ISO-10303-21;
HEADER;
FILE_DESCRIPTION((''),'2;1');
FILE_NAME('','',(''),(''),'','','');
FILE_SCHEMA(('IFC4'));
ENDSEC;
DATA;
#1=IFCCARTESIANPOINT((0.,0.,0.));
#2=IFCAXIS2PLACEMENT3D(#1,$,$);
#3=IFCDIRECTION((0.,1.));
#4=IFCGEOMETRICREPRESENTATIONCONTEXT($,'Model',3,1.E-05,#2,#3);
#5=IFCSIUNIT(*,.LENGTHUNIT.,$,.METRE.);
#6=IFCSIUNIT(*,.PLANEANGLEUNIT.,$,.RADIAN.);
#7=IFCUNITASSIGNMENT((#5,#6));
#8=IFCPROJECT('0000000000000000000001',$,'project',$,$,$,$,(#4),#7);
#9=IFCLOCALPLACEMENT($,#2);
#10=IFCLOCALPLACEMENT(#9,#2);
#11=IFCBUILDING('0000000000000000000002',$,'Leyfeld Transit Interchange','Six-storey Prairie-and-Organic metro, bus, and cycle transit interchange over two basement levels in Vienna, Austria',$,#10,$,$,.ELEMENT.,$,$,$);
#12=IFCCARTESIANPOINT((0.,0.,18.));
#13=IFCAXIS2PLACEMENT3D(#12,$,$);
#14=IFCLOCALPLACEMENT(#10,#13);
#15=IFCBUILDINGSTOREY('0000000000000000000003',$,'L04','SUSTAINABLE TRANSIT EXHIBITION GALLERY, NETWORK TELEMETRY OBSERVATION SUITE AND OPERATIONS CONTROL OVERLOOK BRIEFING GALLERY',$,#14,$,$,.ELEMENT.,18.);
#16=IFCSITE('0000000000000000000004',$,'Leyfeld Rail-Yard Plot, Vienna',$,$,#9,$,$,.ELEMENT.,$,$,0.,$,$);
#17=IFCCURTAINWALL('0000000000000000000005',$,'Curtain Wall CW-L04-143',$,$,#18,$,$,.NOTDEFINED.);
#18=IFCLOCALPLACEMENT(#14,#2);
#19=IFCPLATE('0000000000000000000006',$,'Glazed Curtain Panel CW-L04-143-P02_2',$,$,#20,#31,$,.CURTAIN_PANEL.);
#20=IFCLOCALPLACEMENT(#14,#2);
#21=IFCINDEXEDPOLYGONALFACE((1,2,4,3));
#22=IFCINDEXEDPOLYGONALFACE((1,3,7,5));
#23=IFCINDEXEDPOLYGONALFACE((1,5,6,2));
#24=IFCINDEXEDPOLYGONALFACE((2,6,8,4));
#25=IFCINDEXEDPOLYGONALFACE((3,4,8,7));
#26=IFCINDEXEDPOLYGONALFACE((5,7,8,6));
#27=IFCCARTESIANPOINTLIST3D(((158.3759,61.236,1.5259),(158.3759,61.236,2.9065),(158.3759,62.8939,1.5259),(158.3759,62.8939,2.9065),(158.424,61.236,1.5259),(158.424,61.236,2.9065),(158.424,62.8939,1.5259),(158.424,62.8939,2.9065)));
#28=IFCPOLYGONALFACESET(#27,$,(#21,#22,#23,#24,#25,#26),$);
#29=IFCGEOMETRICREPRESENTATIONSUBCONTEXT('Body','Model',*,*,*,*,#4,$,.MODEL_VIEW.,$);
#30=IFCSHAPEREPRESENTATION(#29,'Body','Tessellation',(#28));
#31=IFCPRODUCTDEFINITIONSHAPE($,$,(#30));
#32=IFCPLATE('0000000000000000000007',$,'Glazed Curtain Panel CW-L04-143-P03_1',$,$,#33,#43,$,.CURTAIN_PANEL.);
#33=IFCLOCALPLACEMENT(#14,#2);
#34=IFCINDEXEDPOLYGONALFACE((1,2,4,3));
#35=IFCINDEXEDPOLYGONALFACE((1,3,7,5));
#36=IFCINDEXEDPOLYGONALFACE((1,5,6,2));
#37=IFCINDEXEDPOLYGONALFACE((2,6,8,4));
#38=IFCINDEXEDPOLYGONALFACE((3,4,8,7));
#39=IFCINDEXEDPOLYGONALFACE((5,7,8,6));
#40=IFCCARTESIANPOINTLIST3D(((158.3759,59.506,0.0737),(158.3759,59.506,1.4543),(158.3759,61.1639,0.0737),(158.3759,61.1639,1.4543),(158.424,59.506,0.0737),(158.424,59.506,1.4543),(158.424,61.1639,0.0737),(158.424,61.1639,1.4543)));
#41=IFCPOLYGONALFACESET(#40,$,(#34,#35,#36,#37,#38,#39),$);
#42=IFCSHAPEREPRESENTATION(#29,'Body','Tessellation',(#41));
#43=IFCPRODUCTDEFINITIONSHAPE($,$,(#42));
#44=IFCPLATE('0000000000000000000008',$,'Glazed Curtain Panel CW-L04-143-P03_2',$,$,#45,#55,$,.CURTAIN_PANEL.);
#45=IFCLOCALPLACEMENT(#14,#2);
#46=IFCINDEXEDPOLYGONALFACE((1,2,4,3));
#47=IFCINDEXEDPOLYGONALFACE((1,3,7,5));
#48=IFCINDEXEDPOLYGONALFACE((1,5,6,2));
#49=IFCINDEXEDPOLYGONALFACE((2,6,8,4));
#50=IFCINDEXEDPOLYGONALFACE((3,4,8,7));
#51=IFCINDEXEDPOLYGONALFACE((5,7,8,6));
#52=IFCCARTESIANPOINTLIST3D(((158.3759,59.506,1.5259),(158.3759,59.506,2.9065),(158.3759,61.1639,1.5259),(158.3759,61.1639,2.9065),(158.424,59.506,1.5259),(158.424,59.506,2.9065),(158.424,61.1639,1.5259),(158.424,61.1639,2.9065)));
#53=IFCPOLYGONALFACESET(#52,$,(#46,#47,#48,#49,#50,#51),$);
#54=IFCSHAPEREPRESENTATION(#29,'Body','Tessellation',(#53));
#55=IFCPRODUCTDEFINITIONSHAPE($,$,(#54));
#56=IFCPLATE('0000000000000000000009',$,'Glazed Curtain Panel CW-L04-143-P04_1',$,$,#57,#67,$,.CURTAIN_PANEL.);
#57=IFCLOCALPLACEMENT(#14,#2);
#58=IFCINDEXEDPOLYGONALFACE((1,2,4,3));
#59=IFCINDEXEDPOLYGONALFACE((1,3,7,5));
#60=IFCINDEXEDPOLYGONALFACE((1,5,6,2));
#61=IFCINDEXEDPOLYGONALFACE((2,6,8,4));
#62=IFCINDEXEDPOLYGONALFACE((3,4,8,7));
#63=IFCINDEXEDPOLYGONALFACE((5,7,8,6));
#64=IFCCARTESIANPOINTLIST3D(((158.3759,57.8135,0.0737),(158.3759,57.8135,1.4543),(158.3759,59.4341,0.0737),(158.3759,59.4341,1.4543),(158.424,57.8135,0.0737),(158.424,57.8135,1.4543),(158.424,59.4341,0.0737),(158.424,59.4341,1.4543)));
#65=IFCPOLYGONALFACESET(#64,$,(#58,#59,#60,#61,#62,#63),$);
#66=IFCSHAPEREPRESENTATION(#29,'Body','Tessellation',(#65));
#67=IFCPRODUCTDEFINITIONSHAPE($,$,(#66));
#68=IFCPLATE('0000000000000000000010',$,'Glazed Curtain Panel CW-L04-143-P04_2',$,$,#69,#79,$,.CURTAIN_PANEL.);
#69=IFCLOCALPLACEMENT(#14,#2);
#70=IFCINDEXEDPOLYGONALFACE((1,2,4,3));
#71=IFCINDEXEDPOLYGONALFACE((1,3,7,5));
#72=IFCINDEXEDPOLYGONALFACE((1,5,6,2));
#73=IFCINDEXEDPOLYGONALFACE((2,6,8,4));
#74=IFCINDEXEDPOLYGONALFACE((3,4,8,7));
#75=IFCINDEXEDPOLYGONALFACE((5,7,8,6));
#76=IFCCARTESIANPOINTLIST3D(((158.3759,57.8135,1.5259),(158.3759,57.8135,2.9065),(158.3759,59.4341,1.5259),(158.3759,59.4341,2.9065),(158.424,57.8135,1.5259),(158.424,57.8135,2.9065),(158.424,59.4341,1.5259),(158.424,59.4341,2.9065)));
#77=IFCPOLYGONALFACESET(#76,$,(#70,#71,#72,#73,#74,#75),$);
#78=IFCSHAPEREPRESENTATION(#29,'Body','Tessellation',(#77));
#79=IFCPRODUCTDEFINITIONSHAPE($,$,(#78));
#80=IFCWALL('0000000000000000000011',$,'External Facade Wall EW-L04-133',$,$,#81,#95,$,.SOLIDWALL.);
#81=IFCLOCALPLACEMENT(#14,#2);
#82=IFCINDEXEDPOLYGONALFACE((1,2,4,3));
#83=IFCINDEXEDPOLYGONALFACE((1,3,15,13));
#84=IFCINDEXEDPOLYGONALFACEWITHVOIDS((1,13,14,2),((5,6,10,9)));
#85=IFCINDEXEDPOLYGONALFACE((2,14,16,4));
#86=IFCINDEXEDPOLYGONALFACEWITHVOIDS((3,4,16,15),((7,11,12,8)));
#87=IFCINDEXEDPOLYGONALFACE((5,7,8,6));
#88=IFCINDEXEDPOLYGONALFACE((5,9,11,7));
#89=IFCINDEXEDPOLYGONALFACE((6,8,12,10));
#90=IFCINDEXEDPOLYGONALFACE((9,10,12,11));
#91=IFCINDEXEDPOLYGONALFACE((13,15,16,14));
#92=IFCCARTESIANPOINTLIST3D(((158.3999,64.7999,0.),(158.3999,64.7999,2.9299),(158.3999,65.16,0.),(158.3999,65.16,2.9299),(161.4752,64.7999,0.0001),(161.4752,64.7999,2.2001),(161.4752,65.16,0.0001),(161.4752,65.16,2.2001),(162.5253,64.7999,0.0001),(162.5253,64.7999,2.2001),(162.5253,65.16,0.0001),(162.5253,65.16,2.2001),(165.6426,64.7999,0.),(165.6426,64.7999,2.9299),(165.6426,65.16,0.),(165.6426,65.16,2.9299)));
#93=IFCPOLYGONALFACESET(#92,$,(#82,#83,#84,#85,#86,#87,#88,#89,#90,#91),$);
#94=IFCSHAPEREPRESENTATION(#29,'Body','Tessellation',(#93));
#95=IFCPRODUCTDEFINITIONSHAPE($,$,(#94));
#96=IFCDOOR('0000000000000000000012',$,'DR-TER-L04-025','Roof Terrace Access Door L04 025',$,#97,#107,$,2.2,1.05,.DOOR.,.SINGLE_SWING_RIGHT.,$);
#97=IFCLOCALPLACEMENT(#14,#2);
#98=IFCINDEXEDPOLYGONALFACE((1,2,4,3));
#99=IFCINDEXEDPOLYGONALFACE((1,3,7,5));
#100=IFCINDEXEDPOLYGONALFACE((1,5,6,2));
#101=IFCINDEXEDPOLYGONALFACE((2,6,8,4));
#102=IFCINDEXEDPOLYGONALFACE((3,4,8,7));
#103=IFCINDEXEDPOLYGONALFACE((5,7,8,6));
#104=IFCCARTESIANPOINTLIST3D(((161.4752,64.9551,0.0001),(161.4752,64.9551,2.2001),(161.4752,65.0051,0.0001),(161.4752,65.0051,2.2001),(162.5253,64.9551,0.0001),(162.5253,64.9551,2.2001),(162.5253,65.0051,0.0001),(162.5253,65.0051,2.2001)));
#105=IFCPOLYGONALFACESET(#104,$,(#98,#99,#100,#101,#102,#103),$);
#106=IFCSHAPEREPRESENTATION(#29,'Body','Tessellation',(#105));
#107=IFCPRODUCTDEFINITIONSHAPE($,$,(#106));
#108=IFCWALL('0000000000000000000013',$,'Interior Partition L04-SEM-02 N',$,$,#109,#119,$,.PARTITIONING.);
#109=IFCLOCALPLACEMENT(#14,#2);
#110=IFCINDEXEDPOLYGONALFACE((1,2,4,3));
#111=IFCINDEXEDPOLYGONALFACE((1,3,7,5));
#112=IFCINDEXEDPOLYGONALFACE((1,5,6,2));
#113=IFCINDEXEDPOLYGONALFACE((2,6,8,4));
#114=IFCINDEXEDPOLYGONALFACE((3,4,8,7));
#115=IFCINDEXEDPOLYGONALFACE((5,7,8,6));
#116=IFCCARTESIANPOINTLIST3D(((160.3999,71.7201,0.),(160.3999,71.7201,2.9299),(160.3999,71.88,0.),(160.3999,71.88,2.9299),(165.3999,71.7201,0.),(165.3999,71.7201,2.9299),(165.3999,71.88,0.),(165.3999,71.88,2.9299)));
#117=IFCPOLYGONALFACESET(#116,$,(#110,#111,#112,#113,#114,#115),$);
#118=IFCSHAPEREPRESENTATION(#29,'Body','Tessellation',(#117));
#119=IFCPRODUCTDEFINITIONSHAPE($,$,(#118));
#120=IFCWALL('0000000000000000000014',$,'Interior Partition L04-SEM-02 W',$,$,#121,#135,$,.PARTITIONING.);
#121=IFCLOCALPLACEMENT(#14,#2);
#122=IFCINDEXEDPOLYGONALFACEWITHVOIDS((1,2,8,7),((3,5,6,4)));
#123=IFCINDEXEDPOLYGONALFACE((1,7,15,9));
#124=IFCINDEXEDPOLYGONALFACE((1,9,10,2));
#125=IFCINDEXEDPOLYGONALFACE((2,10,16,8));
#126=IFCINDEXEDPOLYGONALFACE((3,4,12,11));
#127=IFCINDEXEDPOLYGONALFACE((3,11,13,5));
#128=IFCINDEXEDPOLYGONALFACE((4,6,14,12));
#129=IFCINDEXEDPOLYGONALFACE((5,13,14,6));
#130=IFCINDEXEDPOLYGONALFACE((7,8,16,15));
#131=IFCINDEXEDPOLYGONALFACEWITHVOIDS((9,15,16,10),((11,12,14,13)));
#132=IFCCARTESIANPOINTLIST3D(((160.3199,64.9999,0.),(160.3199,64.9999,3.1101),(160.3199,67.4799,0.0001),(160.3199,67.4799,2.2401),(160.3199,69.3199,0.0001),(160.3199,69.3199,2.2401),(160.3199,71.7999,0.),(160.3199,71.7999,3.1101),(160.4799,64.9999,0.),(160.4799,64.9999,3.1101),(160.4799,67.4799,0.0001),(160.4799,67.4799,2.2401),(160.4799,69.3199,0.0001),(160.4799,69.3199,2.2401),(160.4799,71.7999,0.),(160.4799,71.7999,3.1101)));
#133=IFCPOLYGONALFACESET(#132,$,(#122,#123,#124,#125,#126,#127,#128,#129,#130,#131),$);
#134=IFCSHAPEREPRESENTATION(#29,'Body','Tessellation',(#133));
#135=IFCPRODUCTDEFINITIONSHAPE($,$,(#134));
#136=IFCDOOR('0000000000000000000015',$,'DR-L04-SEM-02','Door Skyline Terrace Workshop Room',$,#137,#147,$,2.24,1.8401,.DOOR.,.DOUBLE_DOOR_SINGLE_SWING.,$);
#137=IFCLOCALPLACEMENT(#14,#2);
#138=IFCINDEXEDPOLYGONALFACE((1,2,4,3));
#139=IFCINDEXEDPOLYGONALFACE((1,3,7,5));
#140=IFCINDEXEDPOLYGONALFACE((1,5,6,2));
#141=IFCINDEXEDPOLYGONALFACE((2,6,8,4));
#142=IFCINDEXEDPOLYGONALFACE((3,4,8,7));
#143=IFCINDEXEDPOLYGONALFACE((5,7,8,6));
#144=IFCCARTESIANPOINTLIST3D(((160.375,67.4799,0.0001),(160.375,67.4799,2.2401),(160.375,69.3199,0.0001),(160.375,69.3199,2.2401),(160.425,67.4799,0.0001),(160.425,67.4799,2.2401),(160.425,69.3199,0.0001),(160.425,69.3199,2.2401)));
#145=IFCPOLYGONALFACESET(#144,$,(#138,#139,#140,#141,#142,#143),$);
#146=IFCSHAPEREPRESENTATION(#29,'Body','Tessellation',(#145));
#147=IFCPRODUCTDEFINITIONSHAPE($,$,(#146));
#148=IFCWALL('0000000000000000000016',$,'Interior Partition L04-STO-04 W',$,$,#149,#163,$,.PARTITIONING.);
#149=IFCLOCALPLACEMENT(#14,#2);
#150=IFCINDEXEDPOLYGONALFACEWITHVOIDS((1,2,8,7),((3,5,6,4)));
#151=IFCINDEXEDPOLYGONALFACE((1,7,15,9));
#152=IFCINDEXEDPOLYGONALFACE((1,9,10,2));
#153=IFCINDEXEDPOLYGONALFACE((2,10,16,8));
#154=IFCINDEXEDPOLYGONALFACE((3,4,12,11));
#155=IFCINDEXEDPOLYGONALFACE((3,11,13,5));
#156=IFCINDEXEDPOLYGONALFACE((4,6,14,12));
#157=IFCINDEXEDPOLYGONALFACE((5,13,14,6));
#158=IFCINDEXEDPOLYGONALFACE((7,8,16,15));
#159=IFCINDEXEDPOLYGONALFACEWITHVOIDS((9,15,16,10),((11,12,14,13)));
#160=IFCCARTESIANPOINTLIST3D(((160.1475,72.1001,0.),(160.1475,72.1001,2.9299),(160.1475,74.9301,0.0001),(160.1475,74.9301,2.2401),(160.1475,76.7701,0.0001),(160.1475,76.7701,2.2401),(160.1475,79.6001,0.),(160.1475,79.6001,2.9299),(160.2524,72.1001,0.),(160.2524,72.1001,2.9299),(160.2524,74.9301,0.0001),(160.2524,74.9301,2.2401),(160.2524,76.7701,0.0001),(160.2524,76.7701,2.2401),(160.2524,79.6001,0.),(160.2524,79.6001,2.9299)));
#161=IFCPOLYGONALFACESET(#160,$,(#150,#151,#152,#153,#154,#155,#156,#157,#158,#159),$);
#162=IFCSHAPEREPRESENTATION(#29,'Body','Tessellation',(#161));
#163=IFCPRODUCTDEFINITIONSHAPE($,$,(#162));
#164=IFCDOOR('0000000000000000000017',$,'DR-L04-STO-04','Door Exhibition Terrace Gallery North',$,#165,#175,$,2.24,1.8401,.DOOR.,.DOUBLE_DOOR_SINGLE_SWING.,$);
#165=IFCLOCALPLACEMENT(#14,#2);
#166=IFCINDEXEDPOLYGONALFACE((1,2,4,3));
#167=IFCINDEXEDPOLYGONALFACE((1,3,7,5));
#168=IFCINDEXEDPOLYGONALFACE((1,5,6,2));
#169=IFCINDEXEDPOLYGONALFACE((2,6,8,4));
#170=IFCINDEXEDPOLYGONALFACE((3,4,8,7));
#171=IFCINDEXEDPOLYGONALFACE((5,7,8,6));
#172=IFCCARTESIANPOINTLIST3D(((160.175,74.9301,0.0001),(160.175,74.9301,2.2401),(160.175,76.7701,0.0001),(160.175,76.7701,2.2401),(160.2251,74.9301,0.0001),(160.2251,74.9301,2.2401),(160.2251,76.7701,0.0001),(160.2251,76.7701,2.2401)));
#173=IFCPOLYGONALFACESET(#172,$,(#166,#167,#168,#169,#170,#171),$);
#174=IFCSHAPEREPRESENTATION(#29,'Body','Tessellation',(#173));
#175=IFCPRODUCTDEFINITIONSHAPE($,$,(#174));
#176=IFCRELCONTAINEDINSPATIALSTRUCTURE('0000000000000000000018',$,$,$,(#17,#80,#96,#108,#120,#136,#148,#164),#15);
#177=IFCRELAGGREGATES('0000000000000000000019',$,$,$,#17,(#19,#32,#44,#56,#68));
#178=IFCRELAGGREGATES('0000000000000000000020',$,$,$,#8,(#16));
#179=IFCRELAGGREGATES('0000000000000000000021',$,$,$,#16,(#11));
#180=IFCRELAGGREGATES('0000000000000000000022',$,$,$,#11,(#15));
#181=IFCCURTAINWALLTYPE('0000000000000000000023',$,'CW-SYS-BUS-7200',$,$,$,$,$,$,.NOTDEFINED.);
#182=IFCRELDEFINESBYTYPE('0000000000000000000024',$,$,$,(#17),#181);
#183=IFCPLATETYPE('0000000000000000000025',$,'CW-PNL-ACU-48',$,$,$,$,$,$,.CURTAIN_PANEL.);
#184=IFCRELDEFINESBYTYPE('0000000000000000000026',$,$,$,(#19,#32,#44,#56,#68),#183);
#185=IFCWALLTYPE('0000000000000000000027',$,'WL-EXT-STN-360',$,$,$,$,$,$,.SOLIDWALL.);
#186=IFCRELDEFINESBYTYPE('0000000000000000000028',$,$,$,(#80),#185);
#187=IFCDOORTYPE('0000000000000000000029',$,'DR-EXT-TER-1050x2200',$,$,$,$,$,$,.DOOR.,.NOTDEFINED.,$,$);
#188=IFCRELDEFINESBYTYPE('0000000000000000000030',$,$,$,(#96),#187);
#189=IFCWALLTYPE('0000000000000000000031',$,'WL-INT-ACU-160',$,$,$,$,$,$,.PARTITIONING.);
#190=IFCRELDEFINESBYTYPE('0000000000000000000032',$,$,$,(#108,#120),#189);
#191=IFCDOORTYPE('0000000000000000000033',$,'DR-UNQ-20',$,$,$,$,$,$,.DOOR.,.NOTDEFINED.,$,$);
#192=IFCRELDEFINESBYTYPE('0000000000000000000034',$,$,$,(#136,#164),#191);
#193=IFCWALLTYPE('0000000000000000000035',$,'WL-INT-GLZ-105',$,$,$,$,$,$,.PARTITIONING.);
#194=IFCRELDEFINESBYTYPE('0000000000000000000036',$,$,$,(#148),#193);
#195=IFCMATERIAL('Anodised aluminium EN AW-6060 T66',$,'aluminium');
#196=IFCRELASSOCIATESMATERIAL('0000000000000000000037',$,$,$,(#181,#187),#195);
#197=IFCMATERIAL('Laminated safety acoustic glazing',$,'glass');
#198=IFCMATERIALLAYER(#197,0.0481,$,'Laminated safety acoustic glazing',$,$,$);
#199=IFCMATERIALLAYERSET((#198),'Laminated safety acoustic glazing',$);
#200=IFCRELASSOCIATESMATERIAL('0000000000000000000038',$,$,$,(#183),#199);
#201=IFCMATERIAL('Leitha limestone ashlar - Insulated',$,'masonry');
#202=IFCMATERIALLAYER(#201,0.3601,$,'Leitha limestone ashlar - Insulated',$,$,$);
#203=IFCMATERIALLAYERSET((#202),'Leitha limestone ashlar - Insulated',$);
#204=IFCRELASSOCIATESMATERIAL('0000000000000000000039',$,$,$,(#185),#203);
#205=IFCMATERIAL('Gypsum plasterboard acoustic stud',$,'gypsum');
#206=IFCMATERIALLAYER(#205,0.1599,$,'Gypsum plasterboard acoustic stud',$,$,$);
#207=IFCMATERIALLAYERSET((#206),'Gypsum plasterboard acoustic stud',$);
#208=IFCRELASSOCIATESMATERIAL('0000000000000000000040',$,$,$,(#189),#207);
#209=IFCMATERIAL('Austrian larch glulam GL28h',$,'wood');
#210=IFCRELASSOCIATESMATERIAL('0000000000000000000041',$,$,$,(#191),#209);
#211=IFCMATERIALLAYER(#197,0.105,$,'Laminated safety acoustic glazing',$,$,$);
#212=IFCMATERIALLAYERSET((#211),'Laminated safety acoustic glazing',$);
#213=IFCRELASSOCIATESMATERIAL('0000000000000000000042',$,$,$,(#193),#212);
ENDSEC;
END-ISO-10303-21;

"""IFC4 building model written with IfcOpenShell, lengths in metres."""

from ifc_helpers import new_model, si_unit, direction, frame, frame_2d, origin, origin_2d, place, context, subcontext, project, spatial, rectangle, extrude, material, layer, layer_set, type_object, element, fill, aggregate, save


model = new_model("IFC4")

# Units and contexts
model_context = context("Model", 3, precision=1e-05, world=origin(), true_north=direction((0.0, 1.0)))
body_context = subcontext(model_context, "Body", "Model", "MODEL_VIEW")
ifc_project = project(units=[si_unit("LENGTHUNIT", "METRE"), si_unit("PLANEANGLEUNIT", "RADIAN")], contexts=[model_context])

# Site, building, storey
site_placement = place(None, origin())
site = spatial("IfcSite", under=ifc_project, at=site_placement, Name="Leyfeld Rail-Yard Plot, Vienna", CompositionType="ELEMENT", RefElevation=0.0)
building_placement = place(site_placement, origin())
building = spatial("IfcBuilding", under=site, at=building_placement, Name="Leyfeld Transit Interchange", Description="Six-storey Prairie-and-Organic metro, bus, and cycle transit interchange over two basement levels in Vienna, Austria", CompositionType="ELEMENT")
storey_placement = place(building_placement, frame((0.0, 0.0, 18.0)))
storey = spatial("IfcBuildingStorey", under=building, at=storey_placement, Name="L04", Description="SUSTAINABLE TRANSIT EXHIBITION GALLERY, NETWORK TELEMETRY OBSERVATION SUITE AND OPERATIONS CONTROL OVERLOOK BRIEFING GALLERY", CompositionType="ELEMENT", Elevation=18.0)

# Curtain wall, plates
ifc_material_1 = material(Name="Anodised aluminium EN AW-6060 T66", Category="aluminium")
curtain_wall_type = type_object("IfcCurtainWallType", Name="CW-SYS-BUS-7200", PredefinedType="NOTDEFINED", material=ifc_material_1)
curtain_wall_placement = place(storey_placement, origin())
curtain_wall = element("IfcCurtainWall", 1, at=curtain_wall_placement, inside=storey, type_object=curtain_wall_type, Name="Curtain Wall CW-L04-143", PredefinedType="NOTDEFINED")
ifc_material_2 = material(Name="Laminated safety acoustic glazing", Category="glass")
ifc_layer_1 = layer(ifc_material_2, 0.0481, Name="Laminated safety acoustic glazing")
ifc_layer_set_1 = layer_set([ifc_layer_1], Name="Laminated safety acoustic glazing")
plate_type = type_object("IfcPlateType", Name="CW-PNL-ACU-48", PredefinedType="CURTAIN_PANEL", material=ifc_layer_set_1)
plate_1_placement = place(storey_placement, frame((158.3999, 62.0649, 1.5259), z_axis=(0.0, 0.0, 1.0), x_axis=(0.0, -1.0, 0.0)))
plate_1 = element("IfcPlate", 2, at=plate_1_placement, type_object=plate_type, Name="Glazed Curtain Panel CW-L04-143-P02_2", PredefinedType="CURTAIN_PANEL", context=body_context, shape_type="SweptSolid", body=[
    extrude(rectangle(XDim=1.658, YDim=0.0481, at=origin_2d()), origin(), (0.0, 0.0, 1.0), 1.3806),
])
plate_2_placement = place(storey_placement, frame((158.3999, 60.335, 0.0737), z_axis=(0.0, 0.0, 1.0), x_axis=(0.0, -1.0, 0.0)))
plate_2 = element("IfcPlate", 3, at=plate_2_placement, type_object=plate_type, Name="Glazed Curtain Panel CW-L04-143-P03_1", PredefinedType="CURTAIN_PANEL", context=body_context, shape_type="SweptSolid", body=[
    extrude(rectangle(XDim=1.658, YDim=0.0481, at=origin_2d()), origin(), (0.0, 0.0, 1.0), 1.3806),
])
plate_3_placement = place(storey_placement, frame((158.3999, 60.335, 1.5259), z_axis=(0.0, 0.0, 1.0), x_axis=(0.0, -1.0, 0.0)))
plate_3 = element("IfcPlate", 4, at=plate_3_placement, type_object=plate_type, Name="Glazed Curtain Panel CW-L04-143-P03_2", PredefinedType="CURTAIN_PANEL", context=body_context, shape_type="SweptSolid", body=[
    extrude(rectangle(XDim=1.658, YDim=0.0481, at=origin_2d()), origin(), (0.0, 0.0, 1.0), 1.3806),
])
plate_4_placement = place(storey_placement, frame((158.3999, 58.6238, 0.0737), z_axis=(0.0, 0.0, 1.0), x_axis=(0.0, -1.0, 0.0)))
plate_4 = element("IfcPlate", 5, at=plate_4_placement, type_object=plate_type, Name="Glazed Curtain Panel CW-L04-143-P04_1", PredefinedType="CURTAIN_PANEL", context=body_context, shape_type="SweptSolid", body=[
    extrude(rectangle(XDim=1.6206, YDim=0.0481, at=origin_2d()), origin(), (0.0, 0.0, 1.0), 1.3806),
])
plate_5_placement = place(storey_placement, frame((158.3999, 58.6238, 1.5259), z_axis=(0.0, 0.0, 1.0), x_axis=(0.0, -1.0, 0.0)))
plate_5 = element("IfcPlate", 6, at=plate_5_placement, type_object=plate_type, Name="Glazed Curtain Panel CW-L04-143-P04_2", PredefinedType="CURTAIN_PANEL", context=body_context, shape_type="SweptSolid", body=[
    extrude(rectangle(XDim=1.6206, YDim=0.0481, at=origin_2d()), origin(), (0.0, 0.0, 1.0), 1.3806),
])
aggregate(curtain_wall, [plate_1, plate_2, plate_3, plate_4, plate_5])

# Wall, opening, door
ifc_material_3 = material(Name="Leitha limestone ashlar - Insulated", Category="masonry")
ifc_layer_2 = layer(ifc_material_3, 0.3601, Name="Leitha limestone ashlar - Insulated")
ifc_layer_set_2 = layer_set([ifc_layer_2], Name="Leitha limestone ashlar - Insulated")
wall_type_1 = type_object("IfcWallType", Name="WL-EXT-STN-360", PredefinedType="SOLIDWALL", material=ifc_layer_set_2)
wall_1_placement = place(storey_placement, frame((165.6426, 64.98, 0.0), z_axis=(0.0, 0.0, 1.0), x_axis=(-1.0, 0.0, 0.0)))
wall_1 = element("IfcWall", 7, at=wall_1_placement, inside=storey, type_object=wall_type_1, Name="External Facade Wall EW-L04-133", PredefinedType="SOLIDWALL", context=body_context, shape_type="SweptSolid", body=[
    extrude(rectangle(XDim=7.2427, YDim=0.3601, at=frame_2d((3.6213, 0.0))), origin(), (0.0, 0.0, 1.0), 2.9299),
])
opening_1_placement = place(wall_1_placement, frame((3.1174, 0.0, 0.0)))
opening_1 = element("IfcOpeningElement", 8, at=opening_1_placement, cuts=wall_1, PredefinedType="OPENING", context=body_context, shape_type="SweptSolid", body=[
    extrude(rectangle(XDim=1.05, YDim=2.2, at=frame_2d((0.5249, 1.1001))), frame((0.0, 0.1899, 0.0), z_axis=(0.0, -1.0, 0.0), x_axis=(1.0, 0.0, 0.0)), (0.0, 0.0, 1.0), 0.3801),
])
door_type_1 = type_object("IfcDoorType", Name="DR-EXT-TER-1050x2200", OperationType="NOTDEFINED", PredefinedType="DOOR", material=ifc_material_1)
door_1_placement = place(opening_1_placement, origin())
door_1 = element("IfcDoor", 9, at=door_1_placement, inside=storey, type_object=door_type_1, Name="DR-TER-L04-025", Description="Roof Terrace Access Door L04 025", OperationType="SINGLE_SWING_RIGHT", OverallHeight=2.2, OverallWidth=1.05, PredefinedType="DOOR", context=body_context, shape_type="SweptSolid", body=[
    extrude(rectangle(XDim=1.05, YDim=2.2, at=frame_2d((0.5249, 1.1001))), frame((0.0, 0.0249, 0.0), z_axis=(0.0, -1.0, 0.0), x_axis=(1.0, 0.0, 0.0)), (0.0, 0.0, 1.0), 0.05),
])
fill(opening_1, door_1)

# Wall
ifc_material_4 = material(Name="Gypsum plasterboard acoustic stud", Category="gypsum")
ifc_layer_3 = layer(ifc_material_4, 0.1599, Name="Gypsum plasterboard acoustic stud")
ifc_layer_set_3 = layer_set([ifc_layer_3], Name="Gypsum plasterboard acoustic stud")
wall_type_2 = type_object("IfcWallType", Name="WL-INT-ACU-160", PredefinedType="PARTITIONING", material=ifc_layer_set_3)
wall_2_placement = place(storey_placement, frame((160.3999, 71.8, 0.0), z_axis=(0.0, 0.0, 1.0), x_axis=(1.0, 0.0, 0.0)))
element("IfcWall", 10, at=wall_2_placement, inside=storey, type_object=wall_type_2, Name="Interior Partition L04-SEM-02 N", PredefinedType="PARTITIONING", context=body_context, shape_type="SweptSolid", body=[
    extrude(rectangle(XDim=5.0, YDim=0.1599, at=frame_2d((2.5, 0.0))), origin(), (0.0, 0.0, 1.0), 2.9299),
])

# Walls, openings, doors
wall_3_placement = place(storey_placement, frame((160.3999, 65.0, 0.0), z_axis=(0.0, 0.0, 1.0), x_axis=(0.0, 1.0, 0.0)))
wall_3 = element("IfcWall", 11, at=wall_3_placement, inside=storey, type_object=wall_type_2, Name="Interior Partition L04-SEM-02 W", PredefinedType="PARTITIONING", context=body_context, shape_type="SweptSolid", body=[
    extrude(rectangle(XDim=6.8, YDim=0.1599, at=frame_2d((3.3999, 0.0))), origin(), (0.0, 0.0, 1.0), 3.1101),
])
opening_2_placement = place(wall_3_placement, frame((2.48, 0.0, 0.0)))
opening_2 = element("IfcOpeningElement", 12, at=opening_2_placement, cuts=wall_3, PredefinedType="OPENING", context=body_context, shape_type="SweptSolid", body=[
    extrude(rectangle(XDim=1.8401, YDim=2.24, at=frame_2d((0.9199, 1.1201))), frame((0.0, 0.0898, 0.0), z_axis=(0.0, -1.0, 0.0), x_axis=(1.0, 0.0, 0.0)), (0.0, 0.0, 1.0), 0.1799),
])
ifc_material_5 = material(Name="Austrian larch glulam GL28h", Category="wood")
door_type_2 = type_object("IfcDoorType", Name="DR-UNQ-20", OperationType="NOTDEFINED", PredefinedType="DOOR", material=ifc_material_5)
door_2_placement = place(opening_2_placement, origin())
door_2 = element("IfcDoor", 13, at=door_2_placement, inside=storey, type_object=door_type_2, Name="DR-L04-SEM-02", Description="Door Skyline Terrace Workshop Room", OperationType="DOUBLE_DOOR_SINGLE_SWING", OverallHeight=2.24, OverallWidth=1.8401, PredefinedType="DOOR", context=body_context, shape_type="SweptSolid", body=[
    extrude(rectangle(XDim=1.8401, YDim=2.24, at=frame_2d((0.9199, 1.1201))), frame((0.0, 0.0249, 0.0), z_axis=(0.0, -1.0, 0.0), x_axis=(1.0, 0.0, 0.0)), (0.0, 0.0, 1.0), 0.05),
])
fill(opening_2, door_2)
ifc_layer_4 = layer(ifc_material_2, 0.105, Name="Laminated safety acoustic glazing")
ifc_layer_set_4 = layer_set([ifc_layer_4], Name="Laminated safety acoustic glazing")
wall_type_3 = type_object("IfcWallType", Name="WL-INT-GLZ-105", PredefinedType="PARTITIONING", material=ifc_layer_set_4)
wall_4_placement = place(storey_placement, frame((160.2, 72.1001, 0.0), z_axis=(0.0, 0.0, 1.0), x_axis=(0.0, 1.0, 0.0)))
wall_4 = element("IfcWall", 14, at=wall_4_placement, inside=storey, type_object=wall_type_3, Name="Interior Partition L04-STO-04 W", PredefinedType="PARTITIONING", context=body_context, shape_type="SweptSolid", body=[
    extrude(rectangle(XDim=7.5, YDim=0.105, at=frame_2d((3.75, 0.0))), origin(), (0.0, 0.0, 1.0), 2.9299),
])
opening_3_placement = place(wall_4_placement, frame((2.8301, 0.0, 0.0)))
opening_3 = element("IfcOpeningElement", 15, at=opening_3_placement, cuts=wall_4, PredefinedType="OPENING", context=body_context, shape_type="SweptSolid", body=[
    extrude(rectangle(XDim=1.8401, YDim=2.24, at=frame_2d((0.9199, 1.1201))), frame((0.0, 0.0625, 0.0), z_axis=(0.0, -1.0, 0.0), x_axis=(1.0, 0.0, 0.0)), (0.0, 0.0, 1.0), 0.125),
])
door_3_placement = place(opening_3_placement, origin())
door_3 = element("IfcDoor", 16, at=door_3_placement, inside=storey, type_object=door_type_2, Name="DR-L04-STO-04", Description="Door Exhibition Terrace Gallery North", OperationType="DOUBLE_DOOR_SINGLE_SWING", OverallHeight=2.24, OverallWidth=1.8401, PredefinedType="DOOR", context=body_context, shape_type="SweptSolid", body=[
    extrude(rectangle(XDim=1.8401, YDim=2.24, at=frame_2d((0.9199, 1.1201))), frame((0.0, 0.0249, 0.0), z_axis=(0.0, -1.0, 0.0), x_axis=(1.0, 0.0, 0.0)), (0.0, 0.0, 1.0), 0.05),
])
fill(opening_3, door_3)

save(model, "model.ifc")
